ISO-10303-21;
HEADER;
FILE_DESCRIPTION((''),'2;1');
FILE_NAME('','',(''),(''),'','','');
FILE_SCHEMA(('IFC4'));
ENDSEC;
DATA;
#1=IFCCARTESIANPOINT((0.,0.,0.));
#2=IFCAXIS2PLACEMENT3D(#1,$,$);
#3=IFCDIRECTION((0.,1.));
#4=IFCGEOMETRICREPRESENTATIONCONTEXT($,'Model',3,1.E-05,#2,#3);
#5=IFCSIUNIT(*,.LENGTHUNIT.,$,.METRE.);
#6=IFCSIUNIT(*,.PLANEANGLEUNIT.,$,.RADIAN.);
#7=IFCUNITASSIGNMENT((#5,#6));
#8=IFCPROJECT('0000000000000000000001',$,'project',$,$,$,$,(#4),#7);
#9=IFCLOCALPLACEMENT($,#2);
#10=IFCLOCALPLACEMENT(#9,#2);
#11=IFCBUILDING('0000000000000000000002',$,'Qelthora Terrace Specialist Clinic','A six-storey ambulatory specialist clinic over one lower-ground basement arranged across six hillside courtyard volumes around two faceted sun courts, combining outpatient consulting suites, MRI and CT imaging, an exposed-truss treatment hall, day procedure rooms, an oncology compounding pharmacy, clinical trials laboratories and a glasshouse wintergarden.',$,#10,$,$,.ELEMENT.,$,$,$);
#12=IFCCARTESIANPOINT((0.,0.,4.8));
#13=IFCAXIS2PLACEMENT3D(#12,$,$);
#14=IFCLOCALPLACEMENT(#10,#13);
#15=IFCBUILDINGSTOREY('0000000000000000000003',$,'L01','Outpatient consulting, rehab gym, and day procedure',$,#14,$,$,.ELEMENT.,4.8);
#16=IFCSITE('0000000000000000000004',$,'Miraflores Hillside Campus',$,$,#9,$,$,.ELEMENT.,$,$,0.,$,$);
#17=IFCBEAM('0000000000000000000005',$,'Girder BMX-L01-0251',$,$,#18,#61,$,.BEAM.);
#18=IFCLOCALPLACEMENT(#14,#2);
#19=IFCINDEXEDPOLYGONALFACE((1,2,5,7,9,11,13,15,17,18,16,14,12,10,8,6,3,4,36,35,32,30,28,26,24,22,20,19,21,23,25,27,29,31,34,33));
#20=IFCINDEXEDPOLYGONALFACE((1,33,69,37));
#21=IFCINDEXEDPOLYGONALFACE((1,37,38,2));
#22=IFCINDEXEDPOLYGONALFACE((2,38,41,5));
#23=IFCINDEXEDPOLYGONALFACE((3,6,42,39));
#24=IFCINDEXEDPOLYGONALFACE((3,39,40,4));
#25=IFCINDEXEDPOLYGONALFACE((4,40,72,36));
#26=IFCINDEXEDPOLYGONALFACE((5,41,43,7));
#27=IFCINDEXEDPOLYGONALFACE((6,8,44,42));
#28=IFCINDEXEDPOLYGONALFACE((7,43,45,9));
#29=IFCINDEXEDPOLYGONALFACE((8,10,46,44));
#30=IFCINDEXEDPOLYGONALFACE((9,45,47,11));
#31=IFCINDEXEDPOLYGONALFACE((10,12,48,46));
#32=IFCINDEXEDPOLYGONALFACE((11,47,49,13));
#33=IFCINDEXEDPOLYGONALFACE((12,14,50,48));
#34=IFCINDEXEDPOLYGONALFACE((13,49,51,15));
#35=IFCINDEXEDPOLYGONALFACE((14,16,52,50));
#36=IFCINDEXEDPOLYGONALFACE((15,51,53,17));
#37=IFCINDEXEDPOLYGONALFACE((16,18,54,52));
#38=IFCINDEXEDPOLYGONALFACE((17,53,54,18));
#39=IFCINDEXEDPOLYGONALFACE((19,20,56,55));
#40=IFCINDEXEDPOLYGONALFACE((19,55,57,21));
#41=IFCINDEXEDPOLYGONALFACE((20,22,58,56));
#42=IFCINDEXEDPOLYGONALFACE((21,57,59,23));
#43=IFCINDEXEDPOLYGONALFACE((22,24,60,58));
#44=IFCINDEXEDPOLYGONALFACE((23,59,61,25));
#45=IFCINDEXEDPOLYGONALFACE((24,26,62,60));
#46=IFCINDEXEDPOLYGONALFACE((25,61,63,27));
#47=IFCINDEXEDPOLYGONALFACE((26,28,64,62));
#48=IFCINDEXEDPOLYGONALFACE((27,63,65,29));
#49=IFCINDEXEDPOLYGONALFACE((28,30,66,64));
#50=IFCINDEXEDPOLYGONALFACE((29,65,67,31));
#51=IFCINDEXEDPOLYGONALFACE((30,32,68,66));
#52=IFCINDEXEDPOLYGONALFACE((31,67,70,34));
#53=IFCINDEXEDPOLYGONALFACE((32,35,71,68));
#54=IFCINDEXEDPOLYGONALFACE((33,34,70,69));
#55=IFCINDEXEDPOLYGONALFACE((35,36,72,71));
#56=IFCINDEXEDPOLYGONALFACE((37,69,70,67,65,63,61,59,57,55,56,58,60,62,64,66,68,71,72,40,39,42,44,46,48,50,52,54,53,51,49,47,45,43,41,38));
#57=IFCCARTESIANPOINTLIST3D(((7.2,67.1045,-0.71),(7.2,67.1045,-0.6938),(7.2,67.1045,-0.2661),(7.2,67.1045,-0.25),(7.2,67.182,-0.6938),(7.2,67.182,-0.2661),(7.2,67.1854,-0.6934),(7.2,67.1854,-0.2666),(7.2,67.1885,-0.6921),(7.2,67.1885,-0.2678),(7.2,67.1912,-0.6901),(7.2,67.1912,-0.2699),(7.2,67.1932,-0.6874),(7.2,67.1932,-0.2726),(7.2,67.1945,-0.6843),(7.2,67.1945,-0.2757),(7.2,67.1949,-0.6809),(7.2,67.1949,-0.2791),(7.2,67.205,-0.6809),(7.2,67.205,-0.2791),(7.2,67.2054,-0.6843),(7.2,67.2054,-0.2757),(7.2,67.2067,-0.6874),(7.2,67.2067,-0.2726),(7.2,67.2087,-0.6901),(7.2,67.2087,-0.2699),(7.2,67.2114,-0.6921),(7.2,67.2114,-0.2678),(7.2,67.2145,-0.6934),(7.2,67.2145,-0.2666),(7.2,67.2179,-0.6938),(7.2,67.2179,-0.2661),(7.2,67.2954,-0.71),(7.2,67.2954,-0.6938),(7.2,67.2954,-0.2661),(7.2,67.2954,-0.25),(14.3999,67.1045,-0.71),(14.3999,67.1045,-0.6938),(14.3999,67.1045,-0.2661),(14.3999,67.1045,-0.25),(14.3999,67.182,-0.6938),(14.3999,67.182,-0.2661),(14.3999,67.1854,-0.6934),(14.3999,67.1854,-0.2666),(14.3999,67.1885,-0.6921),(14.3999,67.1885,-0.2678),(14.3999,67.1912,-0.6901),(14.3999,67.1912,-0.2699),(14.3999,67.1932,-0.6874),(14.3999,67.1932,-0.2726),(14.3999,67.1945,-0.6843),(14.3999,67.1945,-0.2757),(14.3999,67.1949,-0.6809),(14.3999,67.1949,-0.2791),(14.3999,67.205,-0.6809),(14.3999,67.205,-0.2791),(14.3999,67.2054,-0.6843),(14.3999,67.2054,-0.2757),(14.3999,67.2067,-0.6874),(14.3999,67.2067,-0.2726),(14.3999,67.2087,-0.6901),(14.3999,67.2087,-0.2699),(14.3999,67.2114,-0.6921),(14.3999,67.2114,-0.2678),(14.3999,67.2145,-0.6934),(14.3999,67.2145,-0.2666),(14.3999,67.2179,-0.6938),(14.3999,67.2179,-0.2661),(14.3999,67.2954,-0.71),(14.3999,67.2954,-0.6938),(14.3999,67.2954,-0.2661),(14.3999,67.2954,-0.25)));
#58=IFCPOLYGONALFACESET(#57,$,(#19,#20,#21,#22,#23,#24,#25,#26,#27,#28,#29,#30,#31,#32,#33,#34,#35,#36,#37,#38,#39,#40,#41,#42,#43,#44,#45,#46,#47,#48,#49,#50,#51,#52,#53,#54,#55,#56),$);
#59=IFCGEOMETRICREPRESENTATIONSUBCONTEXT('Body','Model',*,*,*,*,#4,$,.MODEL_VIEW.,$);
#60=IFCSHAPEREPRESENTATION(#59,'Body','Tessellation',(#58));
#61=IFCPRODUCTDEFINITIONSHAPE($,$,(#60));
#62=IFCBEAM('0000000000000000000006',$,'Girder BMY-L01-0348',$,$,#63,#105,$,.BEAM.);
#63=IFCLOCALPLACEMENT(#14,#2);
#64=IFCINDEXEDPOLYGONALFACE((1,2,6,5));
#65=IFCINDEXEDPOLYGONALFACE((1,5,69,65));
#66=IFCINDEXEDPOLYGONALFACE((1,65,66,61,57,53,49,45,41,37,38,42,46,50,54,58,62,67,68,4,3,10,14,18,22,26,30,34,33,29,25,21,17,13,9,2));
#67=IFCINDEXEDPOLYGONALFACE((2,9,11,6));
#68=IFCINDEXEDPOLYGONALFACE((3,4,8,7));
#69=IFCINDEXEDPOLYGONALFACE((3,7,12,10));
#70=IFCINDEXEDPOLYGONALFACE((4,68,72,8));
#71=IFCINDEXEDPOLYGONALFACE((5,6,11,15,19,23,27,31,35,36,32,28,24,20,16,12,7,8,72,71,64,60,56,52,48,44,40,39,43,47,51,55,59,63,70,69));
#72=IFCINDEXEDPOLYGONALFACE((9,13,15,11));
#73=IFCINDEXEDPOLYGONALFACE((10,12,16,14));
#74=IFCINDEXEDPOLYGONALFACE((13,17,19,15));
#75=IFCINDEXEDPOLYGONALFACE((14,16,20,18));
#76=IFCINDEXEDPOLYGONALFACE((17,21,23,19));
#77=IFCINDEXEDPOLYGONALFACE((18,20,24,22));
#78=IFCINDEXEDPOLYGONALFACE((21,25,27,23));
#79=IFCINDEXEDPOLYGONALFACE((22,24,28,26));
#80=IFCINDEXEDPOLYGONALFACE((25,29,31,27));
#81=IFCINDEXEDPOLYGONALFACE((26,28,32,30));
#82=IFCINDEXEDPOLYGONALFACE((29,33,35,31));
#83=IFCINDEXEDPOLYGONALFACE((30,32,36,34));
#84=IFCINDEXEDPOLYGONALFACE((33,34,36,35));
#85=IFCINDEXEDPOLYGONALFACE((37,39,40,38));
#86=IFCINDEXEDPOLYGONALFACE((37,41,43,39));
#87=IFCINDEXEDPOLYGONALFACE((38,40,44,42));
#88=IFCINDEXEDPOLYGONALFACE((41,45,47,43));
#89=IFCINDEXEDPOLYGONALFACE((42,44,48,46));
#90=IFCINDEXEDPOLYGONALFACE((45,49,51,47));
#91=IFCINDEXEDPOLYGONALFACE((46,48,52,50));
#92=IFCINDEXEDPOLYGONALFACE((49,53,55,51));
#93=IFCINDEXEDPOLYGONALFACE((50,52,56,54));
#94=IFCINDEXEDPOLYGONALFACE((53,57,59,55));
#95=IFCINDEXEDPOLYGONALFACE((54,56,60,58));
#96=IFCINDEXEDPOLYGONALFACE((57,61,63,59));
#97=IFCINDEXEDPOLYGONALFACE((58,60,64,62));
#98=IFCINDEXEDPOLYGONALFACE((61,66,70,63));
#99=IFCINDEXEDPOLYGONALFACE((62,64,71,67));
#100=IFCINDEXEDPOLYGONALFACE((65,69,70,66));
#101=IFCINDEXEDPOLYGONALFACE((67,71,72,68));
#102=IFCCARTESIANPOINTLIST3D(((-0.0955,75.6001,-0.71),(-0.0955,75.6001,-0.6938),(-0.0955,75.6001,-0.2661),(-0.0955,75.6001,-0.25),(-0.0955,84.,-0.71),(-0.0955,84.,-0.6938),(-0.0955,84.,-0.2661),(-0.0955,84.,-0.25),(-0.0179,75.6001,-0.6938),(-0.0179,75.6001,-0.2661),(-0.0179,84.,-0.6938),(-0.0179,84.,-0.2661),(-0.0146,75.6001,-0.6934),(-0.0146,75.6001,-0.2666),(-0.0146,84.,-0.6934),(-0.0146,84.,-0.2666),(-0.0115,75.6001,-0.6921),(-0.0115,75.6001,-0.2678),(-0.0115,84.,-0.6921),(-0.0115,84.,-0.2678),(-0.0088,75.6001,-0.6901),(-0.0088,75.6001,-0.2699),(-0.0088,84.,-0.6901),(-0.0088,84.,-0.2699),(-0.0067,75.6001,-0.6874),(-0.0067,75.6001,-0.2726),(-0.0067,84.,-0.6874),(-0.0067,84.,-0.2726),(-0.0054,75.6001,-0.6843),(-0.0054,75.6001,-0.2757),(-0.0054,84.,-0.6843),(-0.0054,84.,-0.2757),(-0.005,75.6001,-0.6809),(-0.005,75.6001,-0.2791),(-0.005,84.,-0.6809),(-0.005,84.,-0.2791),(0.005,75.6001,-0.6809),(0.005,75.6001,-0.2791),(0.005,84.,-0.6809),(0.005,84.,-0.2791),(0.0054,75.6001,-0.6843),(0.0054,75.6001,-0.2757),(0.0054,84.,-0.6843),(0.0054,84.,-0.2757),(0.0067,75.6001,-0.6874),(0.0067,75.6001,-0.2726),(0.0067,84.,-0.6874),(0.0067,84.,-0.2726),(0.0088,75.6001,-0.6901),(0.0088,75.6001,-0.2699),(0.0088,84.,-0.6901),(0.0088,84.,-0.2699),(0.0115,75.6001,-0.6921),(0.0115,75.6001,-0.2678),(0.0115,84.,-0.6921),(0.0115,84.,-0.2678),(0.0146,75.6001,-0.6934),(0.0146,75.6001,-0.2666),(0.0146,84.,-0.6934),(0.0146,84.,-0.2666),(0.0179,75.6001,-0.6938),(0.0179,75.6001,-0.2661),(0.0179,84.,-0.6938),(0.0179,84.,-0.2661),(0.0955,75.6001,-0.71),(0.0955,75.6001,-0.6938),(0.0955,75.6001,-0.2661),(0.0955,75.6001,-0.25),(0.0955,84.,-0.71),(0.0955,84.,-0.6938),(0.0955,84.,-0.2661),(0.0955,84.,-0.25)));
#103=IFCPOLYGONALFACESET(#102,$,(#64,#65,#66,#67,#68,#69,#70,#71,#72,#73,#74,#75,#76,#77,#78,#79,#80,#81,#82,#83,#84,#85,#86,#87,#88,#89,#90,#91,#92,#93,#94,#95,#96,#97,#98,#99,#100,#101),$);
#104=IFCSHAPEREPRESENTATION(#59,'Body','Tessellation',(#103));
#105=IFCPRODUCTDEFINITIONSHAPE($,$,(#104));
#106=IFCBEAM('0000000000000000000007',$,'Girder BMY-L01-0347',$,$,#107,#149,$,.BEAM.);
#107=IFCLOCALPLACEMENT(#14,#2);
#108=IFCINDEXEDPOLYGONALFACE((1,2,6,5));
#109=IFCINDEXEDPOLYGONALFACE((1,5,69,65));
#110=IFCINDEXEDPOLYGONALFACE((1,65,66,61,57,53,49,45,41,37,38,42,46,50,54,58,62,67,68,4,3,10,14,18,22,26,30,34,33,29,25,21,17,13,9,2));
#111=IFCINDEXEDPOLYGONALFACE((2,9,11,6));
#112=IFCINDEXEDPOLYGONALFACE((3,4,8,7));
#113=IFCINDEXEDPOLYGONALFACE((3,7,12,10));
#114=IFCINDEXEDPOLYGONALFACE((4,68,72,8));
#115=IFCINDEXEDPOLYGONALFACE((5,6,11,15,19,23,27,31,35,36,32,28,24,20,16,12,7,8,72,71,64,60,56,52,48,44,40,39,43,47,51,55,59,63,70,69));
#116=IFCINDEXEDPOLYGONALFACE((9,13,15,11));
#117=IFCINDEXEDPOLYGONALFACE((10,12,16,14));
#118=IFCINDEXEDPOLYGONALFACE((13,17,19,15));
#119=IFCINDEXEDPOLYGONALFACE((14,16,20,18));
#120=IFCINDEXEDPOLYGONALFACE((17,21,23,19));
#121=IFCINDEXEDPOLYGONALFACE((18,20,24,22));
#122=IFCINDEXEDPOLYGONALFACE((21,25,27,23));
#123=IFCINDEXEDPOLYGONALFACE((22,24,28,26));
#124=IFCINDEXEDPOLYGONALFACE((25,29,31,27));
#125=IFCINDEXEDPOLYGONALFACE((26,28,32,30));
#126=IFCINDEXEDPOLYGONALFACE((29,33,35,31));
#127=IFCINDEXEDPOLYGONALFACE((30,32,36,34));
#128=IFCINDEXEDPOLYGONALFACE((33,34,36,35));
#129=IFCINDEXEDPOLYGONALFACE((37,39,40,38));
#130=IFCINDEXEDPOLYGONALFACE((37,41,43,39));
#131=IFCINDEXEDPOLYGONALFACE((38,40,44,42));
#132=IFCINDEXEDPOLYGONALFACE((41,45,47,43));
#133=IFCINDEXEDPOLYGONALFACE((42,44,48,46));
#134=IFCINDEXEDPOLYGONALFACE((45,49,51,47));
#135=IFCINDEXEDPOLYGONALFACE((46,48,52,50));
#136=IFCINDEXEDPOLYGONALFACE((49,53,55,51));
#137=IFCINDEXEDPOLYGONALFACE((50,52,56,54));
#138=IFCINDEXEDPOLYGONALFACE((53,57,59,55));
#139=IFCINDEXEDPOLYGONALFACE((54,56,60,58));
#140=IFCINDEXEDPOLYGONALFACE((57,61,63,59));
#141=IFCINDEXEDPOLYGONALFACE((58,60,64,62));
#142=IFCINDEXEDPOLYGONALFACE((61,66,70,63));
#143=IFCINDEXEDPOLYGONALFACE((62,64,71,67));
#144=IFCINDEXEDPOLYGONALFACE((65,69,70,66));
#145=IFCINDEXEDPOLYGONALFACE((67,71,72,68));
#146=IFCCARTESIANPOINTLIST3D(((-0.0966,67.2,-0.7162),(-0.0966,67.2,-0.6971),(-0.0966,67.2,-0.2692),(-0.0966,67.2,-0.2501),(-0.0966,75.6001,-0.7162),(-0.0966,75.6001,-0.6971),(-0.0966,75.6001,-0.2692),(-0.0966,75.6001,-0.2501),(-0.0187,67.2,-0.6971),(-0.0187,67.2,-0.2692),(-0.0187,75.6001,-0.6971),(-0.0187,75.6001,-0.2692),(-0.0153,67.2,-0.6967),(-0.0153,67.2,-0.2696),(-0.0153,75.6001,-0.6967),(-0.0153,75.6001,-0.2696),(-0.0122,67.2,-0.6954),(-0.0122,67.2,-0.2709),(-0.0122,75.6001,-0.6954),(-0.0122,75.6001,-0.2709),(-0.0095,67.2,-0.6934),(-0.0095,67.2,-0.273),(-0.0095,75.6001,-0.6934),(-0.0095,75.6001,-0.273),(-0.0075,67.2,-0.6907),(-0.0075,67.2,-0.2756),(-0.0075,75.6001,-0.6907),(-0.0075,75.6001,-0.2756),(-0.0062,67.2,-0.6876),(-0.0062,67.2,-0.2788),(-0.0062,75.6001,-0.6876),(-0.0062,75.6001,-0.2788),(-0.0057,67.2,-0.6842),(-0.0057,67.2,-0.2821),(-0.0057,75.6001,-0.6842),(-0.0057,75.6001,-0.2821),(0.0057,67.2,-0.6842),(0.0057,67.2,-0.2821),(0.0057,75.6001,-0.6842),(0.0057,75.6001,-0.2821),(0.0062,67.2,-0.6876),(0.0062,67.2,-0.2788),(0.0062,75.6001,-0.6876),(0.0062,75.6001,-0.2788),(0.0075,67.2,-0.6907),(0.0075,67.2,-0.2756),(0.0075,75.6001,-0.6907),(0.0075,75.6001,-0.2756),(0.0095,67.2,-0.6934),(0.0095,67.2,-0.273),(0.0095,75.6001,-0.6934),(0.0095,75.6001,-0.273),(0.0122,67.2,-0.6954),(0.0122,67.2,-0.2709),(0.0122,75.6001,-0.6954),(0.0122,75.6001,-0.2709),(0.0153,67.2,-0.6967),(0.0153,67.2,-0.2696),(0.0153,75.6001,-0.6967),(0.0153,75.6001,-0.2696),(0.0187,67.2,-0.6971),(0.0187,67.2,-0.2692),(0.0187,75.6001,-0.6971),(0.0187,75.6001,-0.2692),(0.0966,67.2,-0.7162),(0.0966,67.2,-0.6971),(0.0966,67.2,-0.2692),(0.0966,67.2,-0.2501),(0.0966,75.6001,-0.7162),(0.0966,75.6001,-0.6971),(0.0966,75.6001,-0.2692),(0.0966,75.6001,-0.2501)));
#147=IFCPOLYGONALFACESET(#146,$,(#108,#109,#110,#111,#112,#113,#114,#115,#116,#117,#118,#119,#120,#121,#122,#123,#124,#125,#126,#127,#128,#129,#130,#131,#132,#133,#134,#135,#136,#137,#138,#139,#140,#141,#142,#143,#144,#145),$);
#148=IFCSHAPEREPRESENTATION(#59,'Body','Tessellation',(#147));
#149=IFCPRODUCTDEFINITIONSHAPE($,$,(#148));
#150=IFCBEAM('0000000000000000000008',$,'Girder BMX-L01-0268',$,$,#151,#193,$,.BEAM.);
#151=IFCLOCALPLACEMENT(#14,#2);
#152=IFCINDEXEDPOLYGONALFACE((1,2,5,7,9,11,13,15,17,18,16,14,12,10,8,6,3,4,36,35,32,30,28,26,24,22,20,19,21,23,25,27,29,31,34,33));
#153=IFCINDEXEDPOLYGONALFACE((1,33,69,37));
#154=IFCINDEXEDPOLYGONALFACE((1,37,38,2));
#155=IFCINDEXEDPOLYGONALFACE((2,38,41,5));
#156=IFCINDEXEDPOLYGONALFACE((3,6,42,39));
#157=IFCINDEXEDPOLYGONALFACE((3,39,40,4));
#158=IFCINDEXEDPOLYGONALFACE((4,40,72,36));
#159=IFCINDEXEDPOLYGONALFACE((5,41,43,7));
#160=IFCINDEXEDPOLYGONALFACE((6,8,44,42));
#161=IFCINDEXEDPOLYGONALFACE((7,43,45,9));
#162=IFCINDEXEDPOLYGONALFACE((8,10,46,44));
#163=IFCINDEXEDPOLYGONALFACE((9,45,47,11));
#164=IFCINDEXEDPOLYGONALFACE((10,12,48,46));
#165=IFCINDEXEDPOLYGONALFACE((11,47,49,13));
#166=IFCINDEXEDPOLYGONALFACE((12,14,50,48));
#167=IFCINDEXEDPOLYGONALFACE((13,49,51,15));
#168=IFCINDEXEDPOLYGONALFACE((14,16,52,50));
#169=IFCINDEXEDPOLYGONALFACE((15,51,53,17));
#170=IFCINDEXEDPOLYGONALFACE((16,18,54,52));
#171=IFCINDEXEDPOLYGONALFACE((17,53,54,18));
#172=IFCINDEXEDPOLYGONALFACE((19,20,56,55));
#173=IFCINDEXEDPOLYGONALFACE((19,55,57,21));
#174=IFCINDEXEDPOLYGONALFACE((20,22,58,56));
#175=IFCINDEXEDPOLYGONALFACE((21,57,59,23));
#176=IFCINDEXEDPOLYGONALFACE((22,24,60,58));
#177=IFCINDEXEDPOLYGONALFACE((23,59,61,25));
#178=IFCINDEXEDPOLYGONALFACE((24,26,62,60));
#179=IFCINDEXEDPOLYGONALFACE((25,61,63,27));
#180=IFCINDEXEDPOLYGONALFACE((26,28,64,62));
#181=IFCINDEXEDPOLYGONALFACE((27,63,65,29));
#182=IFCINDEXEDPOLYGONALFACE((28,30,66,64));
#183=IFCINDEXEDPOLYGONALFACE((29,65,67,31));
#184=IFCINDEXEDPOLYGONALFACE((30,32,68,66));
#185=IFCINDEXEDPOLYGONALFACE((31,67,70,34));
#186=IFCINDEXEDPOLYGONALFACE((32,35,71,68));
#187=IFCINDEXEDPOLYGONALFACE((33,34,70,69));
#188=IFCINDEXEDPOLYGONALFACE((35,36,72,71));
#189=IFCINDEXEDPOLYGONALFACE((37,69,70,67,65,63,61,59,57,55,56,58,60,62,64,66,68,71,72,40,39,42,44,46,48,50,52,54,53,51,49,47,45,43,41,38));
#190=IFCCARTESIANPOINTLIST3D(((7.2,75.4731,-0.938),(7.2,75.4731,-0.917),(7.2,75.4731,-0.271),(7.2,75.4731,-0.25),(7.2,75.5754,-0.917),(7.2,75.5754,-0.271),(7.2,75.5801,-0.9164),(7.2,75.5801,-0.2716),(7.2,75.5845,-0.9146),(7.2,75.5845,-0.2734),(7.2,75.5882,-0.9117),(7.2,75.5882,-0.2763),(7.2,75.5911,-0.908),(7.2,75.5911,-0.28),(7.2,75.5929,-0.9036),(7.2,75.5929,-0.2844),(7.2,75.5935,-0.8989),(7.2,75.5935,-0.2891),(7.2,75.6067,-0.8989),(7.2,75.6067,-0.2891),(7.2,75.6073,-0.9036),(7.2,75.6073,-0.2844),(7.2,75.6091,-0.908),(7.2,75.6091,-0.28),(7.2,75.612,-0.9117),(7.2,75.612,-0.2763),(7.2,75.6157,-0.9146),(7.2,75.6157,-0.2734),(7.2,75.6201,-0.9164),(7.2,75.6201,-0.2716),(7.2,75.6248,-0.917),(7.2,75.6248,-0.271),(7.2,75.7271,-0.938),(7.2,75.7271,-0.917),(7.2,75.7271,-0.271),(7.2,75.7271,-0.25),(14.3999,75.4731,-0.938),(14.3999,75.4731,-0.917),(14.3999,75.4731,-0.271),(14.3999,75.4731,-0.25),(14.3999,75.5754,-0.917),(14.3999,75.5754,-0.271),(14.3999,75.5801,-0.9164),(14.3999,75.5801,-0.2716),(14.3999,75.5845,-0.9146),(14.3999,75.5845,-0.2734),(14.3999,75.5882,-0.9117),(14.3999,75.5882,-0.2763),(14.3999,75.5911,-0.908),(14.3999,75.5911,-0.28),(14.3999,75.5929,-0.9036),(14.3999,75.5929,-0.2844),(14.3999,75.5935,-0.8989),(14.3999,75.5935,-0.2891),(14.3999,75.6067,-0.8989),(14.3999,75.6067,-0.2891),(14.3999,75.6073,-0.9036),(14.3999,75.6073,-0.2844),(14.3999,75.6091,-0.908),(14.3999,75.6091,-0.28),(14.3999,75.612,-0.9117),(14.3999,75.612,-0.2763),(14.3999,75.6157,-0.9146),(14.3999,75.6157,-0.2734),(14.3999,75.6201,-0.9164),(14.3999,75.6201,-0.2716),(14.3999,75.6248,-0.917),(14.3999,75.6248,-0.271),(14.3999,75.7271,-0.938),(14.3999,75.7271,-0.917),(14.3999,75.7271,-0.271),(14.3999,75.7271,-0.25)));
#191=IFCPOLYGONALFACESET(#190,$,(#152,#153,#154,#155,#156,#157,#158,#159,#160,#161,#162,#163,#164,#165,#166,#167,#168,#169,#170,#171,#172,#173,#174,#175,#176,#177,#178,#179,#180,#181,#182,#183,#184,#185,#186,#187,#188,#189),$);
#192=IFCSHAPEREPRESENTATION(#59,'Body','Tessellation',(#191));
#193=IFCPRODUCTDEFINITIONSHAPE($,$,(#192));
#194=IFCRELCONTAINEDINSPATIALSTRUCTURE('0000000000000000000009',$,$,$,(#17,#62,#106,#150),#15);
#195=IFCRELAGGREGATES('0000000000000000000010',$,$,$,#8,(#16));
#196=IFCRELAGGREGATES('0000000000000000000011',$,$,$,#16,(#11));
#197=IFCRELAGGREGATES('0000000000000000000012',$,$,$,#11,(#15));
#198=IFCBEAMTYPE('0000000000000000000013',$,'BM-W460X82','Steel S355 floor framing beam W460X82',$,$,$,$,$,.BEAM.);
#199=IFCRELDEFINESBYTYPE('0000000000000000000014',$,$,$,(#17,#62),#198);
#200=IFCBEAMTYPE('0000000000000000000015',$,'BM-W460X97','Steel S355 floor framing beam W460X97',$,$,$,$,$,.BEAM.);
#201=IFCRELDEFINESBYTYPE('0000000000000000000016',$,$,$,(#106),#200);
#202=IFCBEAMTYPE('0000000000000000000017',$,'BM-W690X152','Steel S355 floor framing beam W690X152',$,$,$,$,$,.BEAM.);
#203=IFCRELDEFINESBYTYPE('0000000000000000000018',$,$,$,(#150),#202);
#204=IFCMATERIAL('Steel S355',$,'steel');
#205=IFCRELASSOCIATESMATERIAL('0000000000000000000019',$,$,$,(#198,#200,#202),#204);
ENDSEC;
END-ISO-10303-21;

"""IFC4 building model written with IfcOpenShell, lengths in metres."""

from ifc_helpers import new_model, si_unit, direction, frame, origin, origin_2d, place, context, subcontext, project, spatial, i_section, extrude, material, material_profile, profile_set, type_object, element, save


model = new_model("IFC4")

# Units and contexts
model_context = context("Model", 3, precision=1e-05, world=origin(), true_north=direction((0.0, 1.0)))
body_context = subcontext(model_context, "Body", "Model", "MODEL_VIEW")
ifc_project = project(units=[si_unit("LENGTHUNIT", "METRE"), si_unit("PLANEANGLEUNIT", "RADIAN")], contexts=[model_context])

# Site, building, storey
site_placement = place(None, origin())
site = spatial("IfcSite", under=ifc_project, at=site_placement, Name="Miraflores Hillside Campus", CompositionType="ELEMENT", RefElevation=0.0)
building_placement = place(site_placement, origin())
building = spatial("IfcBuilding", under=site, at=building_placement, Name="Qelthora Terrace Specialist Clinic", Description="A six-storey ambulatory specialist clinic over one lower-ground basement arranged across six hillside courtyard volumes around two faceted sun courts, combining outpatient consulting suites, MRI and CT imaging, an exposed-truss treatment hall, day procedure rooms, an oncology compounding pharmacy, clinical trials laboratories and a glasshouse wintergarden.", CompositionType="ELEMENT")
storey_placement = place(building_placement, frame((0.0, 0.0, 4.8)))
storey = spatial("IfcBuildingStorey", under=building, at=storey_placement, Name="L01", Description="Outpatient consulting, rehab gym, and day procedure", CompositionType="ELEMENT", Elevation=4.8)

# Shared definitions
ifc_material_1 = material(Name="Steel S355", Category="steel")

# Beams
ifc_material_profile_1 = material_profile(ifc_material_1, i_section(OverallWidth=0.1909, OverallDepth=0.46, WebThickness=0.01, FlangeThickness=0.0161, FilletRadius=0.0129, at=origin_2d()), Name="W460X82")
ifc_profile_set_1 = profile_set([ifc_material_profile_1], Name="Steel S355")
beam_type_1 = type_object("IfcBeamType", Name="BM-W460X82", Description="Steel S355 floor framing beam W460X82", PredefinedType="BEAM", material=ifc_profile_set_1)
beam_1_placement = place(storey_placement, frame((7.2, 67.2, -0.48), z_axis=(1.0, 0.0, 0.0), x_axis=(0.0, 1.0, 0.0)))
element("IfcBeam", 1, at=beam_1_placement, inside=storey, type_object=beam_type_1, Name="Girder BMX-L01-0251", PredefinedType="BEAM", context=body_context, shape_type="SweptSolid", body=[
    extrude(i_section(OverallWidth=0.1909, OverallDepth=0.46, WebThickness=0.01, FlangeThickness=0.0161, FilletRadius=0.0129, at=origin_2d()), origin(), (0.0, 0.0, 1.0), 7.2),
])
beam_2_placement = place(storey_placement, frame((0.0, 75.6001, -0.48), z_axis=(0.0, 1.0, 0.0), x_axis=(-1.0, 0.0, 0.0)))
element("IfcBeam", 2, at=beam_2_placement, inside=storey, type_object=beam_type_1, Name="Girder BMY-L01-0348", PredefinedType="BEAM", context=body_context, shape_type="SweptSolid", body=[
    extrude(i_section(OverallWidth=0.1909, OverallDepth=0.46, WebThickness=0.01, FlangeThickness=0.0161, FilletRadius=0.0129, at=origin_2d()), origin(), (0.0, 0.0, 1.0), 8.3999),
])
ifc_material_profile_2 = material_profile(ifc_material_1, i_section(OverallWidth=0.1931, OverallDepth=0.4661, WebThickness=0.0115, FlangeThickness=0.019, FilletRadius=0.0129, at=origin_2d()), Name="W460X97")
ifc_profile_set_2 = profile_set([ifc_material_profile_2], Name="Steel S355")
beam_type_2 = type_object("IfcBeamType", Name="BM-W460X97", Description="Steel S355 floor framing beam W460X97", PredefinedType="BEAM", material=ifc_profile_set_2)
beam_3_placement = place(storey_placement, frame((0.0, 67.2, -0.4832), z_axis=(0.0, 1.0, 0.0), x_axis=(-1.0, 0.0, 0.0)))
element("IfcBeam", 3, at=beam_3_placement, inside=storey, type_object=beam_type_2, Name="Girder BMY-L01-0347", PredefinedType="BEAM", context=body_context, shape_type="SweptSolid", body=[
    extrude(i_section(OverallWidth=0.1931, OverallDepth=0.4661, WebThickness=0.0115, FlangeThickness=0.019, FilletRadius=0.0129, at=origin_2d()), origin(), (0.0, 0.0, 1.0), 8.4001),
])
ifc_material_profile_3 = material_profile(ifc_material_1, i_section(OverallWidth=0.2539, OverallDepth=0.688, WebThickness=0.0132, FlangeThickness=0.021, FilletRadius=0.0181, at=origin_2d()), Name="W690X152")
ifc_profile_set_3 = profile_set([ifc_material_profile_3], Name="Steel S355")
beam_type_3 = type_object("IfcBeamType", Name="BM-W690X152", Description="Steel S355 floor framing beam W690X152", PredefinedType="BEAM", material=ifc_profile_set_3)
beam_4_placement = place(storey_placement, frame((7.2, 75.6001, -0.594), z_axis=(1.0, 0.0, 0.0), x_axis=(0.0, 1.0, 0.0)))
element("IfcBeam", 4, at=beam_4_placement, inside=storey, type_object=beam_type_3, Name="Girder BMX-L01-0268", PredefinedType="BEAM", context=body_context, shape_type="SweptSolid", body=[
    extrude(i_section(OverallWidth=0.2539, OverallDepth=0.688, WebThickness=0.0132, FlangeThickness=0.021, FilletRadius=0.0181, at=origin_2d()), origin(), (0.0, 0.0, 1.0), 7.2),
])

save(model, "model.ifc")
